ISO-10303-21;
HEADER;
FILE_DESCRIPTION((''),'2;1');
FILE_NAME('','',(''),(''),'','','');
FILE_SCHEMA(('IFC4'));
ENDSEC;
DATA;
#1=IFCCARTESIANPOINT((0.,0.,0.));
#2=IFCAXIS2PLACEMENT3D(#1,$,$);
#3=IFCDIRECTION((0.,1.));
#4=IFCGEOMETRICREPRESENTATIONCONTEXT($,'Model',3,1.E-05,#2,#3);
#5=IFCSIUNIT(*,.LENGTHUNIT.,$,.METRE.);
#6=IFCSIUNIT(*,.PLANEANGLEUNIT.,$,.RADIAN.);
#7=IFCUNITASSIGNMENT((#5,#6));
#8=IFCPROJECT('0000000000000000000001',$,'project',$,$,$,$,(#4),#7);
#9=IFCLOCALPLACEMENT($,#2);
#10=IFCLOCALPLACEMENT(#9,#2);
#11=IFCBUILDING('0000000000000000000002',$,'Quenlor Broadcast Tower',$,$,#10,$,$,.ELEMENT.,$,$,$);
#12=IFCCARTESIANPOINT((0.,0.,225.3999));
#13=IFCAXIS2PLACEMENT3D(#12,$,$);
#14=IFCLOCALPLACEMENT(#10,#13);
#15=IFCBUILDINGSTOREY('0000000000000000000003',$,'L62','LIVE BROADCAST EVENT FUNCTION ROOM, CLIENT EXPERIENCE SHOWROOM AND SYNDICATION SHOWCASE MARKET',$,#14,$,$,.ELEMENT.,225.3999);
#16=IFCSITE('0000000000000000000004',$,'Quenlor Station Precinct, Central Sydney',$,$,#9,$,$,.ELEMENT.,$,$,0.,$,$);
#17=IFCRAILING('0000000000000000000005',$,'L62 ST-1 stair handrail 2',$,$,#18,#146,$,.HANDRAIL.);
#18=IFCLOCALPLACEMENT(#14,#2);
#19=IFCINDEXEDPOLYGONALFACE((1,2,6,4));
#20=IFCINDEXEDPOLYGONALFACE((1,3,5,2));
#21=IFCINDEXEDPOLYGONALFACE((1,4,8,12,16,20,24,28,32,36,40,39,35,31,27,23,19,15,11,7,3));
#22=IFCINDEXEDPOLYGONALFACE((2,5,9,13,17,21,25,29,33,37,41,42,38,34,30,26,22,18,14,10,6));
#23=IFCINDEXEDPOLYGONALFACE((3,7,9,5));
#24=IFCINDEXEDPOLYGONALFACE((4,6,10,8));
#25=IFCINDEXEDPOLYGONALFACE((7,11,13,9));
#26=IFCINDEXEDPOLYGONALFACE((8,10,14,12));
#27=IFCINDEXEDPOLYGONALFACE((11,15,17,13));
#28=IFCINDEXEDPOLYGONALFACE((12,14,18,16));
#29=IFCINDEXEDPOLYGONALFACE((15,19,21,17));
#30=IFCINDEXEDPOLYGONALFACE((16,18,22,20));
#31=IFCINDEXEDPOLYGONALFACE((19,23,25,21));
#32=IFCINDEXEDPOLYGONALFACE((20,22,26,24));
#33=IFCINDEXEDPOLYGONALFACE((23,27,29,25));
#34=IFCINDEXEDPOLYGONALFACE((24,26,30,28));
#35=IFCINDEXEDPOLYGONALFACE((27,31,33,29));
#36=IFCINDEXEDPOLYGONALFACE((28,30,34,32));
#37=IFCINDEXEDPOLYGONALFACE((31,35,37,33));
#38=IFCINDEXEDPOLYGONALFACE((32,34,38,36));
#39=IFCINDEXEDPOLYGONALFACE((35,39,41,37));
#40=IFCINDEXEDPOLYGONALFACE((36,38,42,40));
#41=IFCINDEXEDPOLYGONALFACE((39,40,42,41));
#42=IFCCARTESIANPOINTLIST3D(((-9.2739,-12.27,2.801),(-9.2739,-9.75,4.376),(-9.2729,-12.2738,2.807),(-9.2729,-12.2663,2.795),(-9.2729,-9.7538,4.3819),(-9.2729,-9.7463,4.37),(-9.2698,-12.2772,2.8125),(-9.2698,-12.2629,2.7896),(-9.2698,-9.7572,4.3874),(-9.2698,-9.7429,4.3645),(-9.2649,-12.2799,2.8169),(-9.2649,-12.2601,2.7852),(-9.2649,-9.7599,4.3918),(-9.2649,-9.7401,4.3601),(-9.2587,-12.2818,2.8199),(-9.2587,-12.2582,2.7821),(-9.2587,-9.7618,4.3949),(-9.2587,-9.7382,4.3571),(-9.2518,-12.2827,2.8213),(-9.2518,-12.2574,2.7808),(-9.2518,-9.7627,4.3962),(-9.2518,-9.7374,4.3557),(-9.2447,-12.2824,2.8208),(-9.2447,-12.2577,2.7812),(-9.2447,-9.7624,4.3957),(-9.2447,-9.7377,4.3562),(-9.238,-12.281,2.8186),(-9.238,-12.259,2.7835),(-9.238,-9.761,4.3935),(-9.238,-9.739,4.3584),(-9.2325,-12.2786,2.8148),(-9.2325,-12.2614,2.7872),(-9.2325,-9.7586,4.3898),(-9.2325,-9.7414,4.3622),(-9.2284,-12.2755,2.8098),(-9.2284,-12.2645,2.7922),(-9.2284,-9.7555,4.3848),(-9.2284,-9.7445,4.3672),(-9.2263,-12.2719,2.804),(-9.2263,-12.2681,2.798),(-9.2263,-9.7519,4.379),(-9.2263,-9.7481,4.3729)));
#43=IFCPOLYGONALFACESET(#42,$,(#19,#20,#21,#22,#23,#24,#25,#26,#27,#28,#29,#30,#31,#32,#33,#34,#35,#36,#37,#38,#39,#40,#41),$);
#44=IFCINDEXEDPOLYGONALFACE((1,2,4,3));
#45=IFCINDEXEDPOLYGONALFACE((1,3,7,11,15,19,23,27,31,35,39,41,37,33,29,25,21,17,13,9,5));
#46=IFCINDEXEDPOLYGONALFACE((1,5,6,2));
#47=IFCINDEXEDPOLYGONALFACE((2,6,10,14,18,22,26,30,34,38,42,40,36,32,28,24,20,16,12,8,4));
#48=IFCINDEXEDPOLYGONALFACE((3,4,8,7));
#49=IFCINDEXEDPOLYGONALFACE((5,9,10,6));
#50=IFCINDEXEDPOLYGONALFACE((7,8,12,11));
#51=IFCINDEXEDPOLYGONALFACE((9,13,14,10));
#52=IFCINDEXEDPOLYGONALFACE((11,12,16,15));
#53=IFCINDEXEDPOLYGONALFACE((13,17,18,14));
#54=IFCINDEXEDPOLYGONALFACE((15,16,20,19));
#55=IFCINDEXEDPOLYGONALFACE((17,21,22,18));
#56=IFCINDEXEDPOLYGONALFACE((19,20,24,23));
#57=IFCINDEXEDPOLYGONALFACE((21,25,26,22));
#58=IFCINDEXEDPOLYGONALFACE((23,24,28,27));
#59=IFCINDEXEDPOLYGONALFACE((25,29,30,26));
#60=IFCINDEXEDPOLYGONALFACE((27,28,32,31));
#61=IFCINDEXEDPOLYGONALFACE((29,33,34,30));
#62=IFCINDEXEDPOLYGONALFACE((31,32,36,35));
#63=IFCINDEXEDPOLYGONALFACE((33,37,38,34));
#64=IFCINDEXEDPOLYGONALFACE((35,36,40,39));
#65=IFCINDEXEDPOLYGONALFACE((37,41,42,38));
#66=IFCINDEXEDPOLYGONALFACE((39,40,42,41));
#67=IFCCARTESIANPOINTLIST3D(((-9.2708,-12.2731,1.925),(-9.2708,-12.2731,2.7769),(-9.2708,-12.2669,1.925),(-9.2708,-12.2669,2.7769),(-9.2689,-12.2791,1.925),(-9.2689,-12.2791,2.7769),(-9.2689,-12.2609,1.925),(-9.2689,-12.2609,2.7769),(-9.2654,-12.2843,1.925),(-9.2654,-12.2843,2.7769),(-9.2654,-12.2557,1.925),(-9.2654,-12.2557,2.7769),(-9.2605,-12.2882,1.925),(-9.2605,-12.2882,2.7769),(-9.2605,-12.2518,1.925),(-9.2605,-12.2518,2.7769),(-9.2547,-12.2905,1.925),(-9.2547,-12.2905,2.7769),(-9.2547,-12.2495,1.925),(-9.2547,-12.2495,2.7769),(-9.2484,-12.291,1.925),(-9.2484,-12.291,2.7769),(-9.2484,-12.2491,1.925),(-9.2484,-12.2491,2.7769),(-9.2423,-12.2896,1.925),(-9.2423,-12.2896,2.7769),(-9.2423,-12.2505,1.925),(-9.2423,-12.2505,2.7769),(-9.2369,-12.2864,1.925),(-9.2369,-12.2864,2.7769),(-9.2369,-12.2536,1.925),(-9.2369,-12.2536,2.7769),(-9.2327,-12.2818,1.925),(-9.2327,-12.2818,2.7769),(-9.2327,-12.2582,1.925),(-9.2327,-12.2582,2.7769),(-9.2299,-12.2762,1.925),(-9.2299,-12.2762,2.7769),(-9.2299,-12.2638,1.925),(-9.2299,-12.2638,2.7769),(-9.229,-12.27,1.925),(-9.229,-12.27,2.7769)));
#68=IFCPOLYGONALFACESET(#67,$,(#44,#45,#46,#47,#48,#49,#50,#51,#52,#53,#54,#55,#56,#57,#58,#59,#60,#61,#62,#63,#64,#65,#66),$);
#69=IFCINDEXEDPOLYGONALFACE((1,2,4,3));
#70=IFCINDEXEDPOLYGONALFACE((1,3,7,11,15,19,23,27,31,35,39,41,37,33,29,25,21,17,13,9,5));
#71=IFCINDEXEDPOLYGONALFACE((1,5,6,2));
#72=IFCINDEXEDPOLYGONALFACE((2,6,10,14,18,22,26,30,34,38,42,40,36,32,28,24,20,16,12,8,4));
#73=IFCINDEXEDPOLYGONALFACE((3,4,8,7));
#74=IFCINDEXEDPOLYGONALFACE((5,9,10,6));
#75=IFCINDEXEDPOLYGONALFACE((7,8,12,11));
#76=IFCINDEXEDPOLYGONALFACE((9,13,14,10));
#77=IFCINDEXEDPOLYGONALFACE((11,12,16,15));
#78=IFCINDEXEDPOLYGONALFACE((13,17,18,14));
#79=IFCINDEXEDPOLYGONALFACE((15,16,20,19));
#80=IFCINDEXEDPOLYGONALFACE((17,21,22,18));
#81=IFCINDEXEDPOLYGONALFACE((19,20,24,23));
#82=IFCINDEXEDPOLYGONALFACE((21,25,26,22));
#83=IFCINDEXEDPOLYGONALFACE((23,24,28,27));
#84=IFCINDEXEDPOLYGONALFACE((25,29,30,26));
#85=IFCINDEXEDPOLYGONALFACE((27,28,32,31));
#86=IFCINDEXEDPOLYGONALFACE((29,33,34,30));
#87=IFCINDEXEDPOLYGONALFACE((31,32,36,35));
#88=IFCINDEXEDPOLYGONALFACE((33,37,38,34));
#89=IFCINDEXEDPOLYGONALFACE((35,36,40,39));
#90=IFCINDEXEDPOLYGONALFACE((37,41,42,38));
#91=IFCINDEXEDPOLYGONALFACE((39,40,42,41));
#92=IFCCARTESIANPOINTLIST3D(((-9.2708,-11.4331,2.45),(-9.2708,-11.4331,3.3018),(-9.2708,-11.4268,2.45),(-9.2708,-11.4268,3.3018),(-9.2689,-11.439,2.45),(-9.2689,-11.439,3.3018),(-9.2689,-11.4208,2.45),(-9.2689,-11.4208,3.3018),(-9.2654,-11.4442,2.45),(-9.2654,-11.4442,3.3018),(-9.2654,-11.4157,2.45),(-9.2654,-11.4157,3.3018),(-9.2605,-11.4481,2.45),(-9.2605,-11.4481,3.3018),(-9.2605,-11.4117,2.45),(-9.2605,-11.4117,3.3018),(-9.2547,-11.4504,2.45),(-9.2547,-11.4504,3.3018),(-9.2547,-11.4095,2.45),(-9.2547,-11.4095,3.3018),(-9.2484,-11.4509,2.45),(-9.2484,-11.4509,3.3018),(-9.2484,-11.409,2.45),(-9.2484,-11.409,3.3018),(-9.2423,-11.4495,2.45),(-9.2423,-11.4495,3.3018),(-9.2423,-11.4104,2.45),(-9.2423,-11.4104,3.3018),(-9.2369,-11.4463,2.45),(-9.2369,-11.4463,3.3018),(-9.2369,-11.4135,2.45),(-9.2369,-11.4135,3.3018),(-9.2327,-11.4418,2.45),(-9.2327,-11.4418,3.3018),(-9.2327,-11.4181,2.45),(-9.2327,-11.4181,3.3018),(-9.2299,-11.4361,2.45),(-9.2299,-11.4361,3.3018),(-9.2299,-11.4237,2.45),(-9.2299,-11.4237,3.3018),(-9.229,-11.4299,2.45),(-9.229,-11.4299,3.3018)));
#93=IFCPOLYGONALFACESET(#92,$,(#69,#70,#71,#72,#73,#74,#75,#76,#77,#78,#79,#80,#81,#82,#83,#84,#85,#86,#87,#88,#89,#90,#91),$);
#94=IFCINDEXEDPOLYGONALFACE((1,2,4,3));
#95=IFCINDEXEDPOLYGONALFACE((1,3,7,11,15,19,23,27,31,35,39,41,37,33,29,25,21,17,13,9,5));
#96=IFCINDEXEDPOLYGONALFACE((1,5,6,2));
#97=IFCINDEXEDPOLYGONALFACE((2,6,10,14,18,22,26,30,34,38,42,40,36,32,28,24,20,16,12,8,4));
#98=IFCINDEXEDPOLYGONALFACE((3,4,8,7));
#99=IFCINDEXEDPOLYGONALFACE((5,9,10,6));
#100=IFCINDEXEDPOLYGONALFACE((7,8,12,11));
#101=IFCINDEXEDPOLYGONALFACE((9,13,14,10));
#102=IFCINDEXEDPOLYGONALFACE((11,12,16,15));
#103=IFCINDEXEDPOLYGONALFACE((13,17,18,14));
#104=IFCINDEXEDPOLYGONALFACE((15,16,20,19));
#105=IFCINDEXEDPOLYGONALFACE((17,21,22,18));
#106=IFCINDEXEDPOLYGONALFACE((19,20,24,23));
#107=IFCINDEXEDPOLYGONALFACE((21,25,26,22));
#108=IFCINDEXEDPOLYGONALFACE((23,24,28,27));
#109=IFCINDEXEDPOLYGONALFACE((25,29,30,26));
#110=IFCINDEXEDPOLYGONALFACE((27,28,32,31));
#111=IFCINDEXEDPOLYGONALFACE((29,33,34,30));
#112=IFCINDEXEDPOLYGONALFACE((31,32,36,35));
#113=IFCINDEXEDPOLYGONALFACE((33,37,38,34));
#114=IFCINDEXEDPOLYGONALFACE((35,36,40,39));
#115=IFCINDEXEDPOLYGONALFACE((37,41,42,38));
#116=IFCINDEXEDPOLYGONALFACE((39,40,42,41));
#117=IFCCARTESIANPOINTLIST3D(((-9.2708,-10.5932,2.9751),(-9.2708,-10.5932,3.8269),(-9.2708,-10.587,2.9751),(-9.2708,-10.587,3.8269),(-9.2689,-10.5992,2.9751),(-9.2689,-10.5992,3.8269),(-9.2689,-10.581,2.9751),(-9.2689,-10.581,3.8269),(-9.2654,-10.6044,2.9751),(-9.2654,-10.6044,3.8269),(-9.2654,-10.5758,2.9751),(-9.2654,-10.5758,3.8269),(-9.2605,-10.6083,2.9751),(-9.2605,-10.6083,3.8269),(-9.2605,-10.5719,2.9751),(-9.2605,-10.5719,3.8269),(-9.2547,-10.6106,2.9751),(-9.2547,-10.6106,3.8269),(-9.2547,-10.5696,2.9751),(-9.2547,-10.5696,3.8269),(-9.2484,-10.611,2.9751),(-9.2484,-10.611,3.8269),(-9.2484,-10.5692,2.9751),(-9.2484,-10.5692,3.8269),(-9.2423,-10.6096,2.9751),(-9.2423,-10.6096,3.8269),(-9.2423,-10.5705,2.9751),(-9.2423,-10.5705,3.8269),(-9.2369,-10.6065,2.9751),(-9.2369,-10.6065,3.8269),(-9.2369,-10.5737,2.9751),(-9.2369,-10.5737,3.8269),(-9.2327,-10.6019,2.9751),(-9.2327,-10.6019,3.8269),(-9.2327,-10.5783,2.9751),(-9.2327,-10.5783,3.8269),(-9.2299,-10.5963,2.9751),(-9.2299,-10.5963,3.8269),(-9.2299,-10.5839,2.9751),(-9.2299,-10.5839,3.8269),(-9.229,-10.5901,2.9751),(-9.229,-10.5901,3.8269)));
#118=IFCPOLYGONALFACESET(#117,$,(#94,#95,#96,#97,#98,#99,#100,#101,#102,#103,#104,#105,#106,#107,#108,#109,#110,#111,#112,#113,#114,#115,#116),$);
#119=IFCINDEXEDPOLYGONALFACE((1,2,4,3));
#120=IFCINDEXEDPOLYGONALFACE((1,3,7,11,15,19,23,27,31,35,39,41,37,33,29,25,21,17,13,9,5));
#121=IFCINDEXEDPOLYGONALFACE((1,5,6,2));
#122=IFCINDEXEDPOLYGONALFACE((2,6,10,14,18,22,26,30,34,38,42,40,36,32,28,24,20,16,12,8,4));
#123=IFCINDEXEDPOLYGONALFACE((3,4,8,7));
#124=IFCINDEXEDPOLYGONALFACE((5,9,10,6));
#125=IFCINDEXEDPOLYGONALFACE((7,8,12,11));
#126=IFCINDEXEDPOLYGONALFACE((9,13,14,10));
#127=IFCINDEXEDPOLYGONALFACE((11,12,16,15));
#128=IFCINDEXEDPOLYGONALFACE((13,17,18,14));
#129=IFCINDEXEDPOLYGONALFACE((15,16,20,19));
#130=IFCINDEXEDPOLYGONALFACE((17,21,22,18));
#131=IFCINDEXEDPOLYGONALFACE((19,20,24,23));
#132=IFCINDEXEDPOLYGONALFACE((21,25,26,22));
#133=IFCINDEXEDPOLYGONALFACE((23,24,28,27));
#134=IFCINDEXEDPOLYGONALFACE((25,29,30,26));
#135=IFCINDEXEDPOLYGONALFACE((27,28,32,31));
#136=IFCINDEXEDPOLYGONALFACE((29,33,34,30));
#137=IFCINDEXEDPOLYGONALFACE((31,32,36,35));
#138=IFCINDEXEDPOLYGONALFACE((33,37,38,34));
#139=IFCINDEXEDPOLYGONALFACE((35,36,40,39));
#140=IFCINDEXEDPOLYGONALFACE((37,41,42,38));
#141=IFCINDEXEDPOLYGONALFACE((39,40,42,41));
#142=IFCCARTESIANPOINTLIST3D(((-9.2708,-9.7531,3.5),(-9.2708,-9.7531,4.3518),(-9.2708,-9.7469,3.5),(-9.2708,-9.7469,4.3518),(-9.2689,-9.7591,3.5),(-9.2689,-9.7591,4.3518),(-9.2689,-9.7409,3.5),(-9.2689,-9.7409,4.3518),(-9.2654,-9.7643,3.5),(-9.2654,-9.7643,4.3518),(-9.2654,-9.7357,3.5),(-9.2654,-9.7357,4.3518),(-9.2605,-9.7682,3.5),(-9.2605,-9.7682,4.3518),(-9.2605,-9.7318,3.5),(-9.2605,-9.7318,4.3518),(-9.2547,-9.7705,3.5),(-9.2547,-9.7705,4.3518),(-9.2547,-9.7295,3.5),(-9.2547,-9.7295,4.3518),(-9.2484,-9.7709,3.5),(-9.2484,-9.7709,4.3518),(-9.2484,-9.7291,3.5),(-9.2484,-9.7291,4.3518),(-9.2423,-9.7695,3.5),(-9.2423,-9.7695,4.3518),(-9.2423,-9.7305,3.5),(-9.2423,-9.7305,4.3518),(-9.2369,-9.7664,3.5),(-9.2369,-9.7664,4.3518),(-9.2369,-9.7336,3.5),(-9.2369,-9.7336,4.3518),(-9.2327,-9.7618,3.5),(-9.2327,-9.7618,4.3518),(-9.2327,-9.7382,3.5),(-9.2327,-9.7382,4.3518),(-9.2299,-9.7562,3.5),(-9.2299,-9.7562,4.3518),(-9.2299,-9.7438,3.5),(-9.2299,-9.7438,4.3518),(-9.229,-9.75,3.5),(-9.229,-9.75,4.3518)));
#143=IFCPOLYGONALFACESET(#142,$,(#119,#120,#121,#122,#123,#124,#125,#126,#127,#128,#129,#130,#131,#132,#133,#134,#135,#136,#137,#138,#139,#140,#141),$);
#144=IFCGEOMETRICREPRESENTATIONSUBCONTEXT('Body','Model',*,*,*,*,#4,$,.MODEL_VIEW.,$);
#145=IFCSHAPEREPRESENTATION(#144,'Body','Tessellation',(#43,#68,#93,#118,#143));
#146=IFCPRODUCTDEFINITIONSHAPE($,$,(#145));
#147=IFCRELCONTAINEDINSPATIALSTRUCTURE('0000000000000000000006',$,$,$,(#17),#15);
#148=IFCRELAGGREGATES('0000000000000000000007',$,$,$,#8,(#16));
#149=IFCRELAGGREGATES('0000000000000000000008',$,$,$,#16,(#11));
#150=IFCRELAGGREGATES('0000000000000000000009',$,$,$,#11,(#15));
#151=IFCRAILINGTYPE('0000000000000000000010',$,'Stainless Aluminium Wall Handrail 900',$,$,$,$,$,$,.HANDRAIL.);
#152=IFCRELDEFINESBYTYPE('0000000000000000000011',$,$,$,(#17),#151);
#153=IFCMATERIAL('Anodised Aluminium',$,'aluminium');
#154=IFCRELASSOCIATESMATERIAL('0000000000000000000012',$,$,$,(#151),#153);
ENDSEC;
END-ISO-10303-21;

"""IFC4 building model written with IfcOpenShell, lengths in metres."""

from ifc_helpers import new_model, si_unit, direction, frame, origin, origin_2d, place, context, subcontext, project, spatial, circle, extrude, material, type_object, element, save


model = new_model("IFC4")

# Units and contexts
model_context = context("Model", 3, precision=1e-05, world=origin(), true_north=direction((0.0, 1.0)))
body_context = subcontext(model_context, "Body", "Model", "MODEL_VIEW")
ifc_project = project(units=[si_unit("LENGTHUNIT", "METRE"), si_unit("PLANEANGLEUNIT", "RADIAN")], contexts=[model_context])

# Site, building, storey
site_placement = place(None, origin())
site = spatial("IfcSite", under=ifc_project, at=site_placement, Name="Quenlor Station Precinct, Central Sydney", CompositionType="ELEMENT", RefElevation=0.0)
building_placement = place(site_placement, origin())
building = spatial("IfcBuilding", under=site, at=building_placement, Name="Quenlor Broadcast Tower", CompositionType="ELEMENT")
storey_placement = place(building_placement, frame((0.0, 0.0, 225.3999)))
storey = spatial("IfcBuildingStorey", under=building, at=storey_placement, Name="L62", Description="LIVE BROADCAST EVENT FUNCTION ROOM, CLIENT EXPERIENCE SHOWROOM AND SYNDICATION SHOWCASE MARKET", CompositionType="ELEMENT", Elevation=225.3999)

# Railing
ifc_material_1 = material(Name="Anodised Aluminium", Category="aluminium")
railing_type_1 = type_object("IfcRailingType", Name="Stainless Aluminium Wall Handrail 900", PredefinedType="HANDRAIL", material=ifc_material_1)
railing_1_placement = place(storey_placement, frame((-9.25, -12.27, 1.925)))
element("IfcRailing", 1, at=railing_1_placement, inside=storey, type_object=railing_type_1, Name="L62 ST-1 stair handrail 2", PredefinedType="HANDRAIL", context=body_context, shape_type="SweptSolid", body=[
    extrude(circle(Radius=0.0239, at=origin_2d()), frame((0.0, 0.0, 0.876), z_axis=(0.0, 0.848008, 0.529984), x_axis=(-1.0, 0.0, 0.0)), (0.0, 0.0, 1.0), 2.9717),
    extrude(circle(Radius=0.021, at=origin_2d()), origin(), (0.0, 0.0, 1.0), 0.8518),
    extrude(circle(Radius=0.021, at=origin_2d()), frame((0.0, 0.8401, 0.5249)), (0.0, 0.0, 1.0), 0.8518),
    extrude(circle(Radius=0.021, at=origin_2d()), frame((0.0, 1.6799, 1.05)), (0.0, 0.0, 1.0), 0.8518),
    extrude(circle(Radius=0.021, at=origin_2d()), frame((0.0, 2.52, 1.575)), (0.0, 0.0, 1.0), 0.8518),
])

save(model, "model.ifc")
